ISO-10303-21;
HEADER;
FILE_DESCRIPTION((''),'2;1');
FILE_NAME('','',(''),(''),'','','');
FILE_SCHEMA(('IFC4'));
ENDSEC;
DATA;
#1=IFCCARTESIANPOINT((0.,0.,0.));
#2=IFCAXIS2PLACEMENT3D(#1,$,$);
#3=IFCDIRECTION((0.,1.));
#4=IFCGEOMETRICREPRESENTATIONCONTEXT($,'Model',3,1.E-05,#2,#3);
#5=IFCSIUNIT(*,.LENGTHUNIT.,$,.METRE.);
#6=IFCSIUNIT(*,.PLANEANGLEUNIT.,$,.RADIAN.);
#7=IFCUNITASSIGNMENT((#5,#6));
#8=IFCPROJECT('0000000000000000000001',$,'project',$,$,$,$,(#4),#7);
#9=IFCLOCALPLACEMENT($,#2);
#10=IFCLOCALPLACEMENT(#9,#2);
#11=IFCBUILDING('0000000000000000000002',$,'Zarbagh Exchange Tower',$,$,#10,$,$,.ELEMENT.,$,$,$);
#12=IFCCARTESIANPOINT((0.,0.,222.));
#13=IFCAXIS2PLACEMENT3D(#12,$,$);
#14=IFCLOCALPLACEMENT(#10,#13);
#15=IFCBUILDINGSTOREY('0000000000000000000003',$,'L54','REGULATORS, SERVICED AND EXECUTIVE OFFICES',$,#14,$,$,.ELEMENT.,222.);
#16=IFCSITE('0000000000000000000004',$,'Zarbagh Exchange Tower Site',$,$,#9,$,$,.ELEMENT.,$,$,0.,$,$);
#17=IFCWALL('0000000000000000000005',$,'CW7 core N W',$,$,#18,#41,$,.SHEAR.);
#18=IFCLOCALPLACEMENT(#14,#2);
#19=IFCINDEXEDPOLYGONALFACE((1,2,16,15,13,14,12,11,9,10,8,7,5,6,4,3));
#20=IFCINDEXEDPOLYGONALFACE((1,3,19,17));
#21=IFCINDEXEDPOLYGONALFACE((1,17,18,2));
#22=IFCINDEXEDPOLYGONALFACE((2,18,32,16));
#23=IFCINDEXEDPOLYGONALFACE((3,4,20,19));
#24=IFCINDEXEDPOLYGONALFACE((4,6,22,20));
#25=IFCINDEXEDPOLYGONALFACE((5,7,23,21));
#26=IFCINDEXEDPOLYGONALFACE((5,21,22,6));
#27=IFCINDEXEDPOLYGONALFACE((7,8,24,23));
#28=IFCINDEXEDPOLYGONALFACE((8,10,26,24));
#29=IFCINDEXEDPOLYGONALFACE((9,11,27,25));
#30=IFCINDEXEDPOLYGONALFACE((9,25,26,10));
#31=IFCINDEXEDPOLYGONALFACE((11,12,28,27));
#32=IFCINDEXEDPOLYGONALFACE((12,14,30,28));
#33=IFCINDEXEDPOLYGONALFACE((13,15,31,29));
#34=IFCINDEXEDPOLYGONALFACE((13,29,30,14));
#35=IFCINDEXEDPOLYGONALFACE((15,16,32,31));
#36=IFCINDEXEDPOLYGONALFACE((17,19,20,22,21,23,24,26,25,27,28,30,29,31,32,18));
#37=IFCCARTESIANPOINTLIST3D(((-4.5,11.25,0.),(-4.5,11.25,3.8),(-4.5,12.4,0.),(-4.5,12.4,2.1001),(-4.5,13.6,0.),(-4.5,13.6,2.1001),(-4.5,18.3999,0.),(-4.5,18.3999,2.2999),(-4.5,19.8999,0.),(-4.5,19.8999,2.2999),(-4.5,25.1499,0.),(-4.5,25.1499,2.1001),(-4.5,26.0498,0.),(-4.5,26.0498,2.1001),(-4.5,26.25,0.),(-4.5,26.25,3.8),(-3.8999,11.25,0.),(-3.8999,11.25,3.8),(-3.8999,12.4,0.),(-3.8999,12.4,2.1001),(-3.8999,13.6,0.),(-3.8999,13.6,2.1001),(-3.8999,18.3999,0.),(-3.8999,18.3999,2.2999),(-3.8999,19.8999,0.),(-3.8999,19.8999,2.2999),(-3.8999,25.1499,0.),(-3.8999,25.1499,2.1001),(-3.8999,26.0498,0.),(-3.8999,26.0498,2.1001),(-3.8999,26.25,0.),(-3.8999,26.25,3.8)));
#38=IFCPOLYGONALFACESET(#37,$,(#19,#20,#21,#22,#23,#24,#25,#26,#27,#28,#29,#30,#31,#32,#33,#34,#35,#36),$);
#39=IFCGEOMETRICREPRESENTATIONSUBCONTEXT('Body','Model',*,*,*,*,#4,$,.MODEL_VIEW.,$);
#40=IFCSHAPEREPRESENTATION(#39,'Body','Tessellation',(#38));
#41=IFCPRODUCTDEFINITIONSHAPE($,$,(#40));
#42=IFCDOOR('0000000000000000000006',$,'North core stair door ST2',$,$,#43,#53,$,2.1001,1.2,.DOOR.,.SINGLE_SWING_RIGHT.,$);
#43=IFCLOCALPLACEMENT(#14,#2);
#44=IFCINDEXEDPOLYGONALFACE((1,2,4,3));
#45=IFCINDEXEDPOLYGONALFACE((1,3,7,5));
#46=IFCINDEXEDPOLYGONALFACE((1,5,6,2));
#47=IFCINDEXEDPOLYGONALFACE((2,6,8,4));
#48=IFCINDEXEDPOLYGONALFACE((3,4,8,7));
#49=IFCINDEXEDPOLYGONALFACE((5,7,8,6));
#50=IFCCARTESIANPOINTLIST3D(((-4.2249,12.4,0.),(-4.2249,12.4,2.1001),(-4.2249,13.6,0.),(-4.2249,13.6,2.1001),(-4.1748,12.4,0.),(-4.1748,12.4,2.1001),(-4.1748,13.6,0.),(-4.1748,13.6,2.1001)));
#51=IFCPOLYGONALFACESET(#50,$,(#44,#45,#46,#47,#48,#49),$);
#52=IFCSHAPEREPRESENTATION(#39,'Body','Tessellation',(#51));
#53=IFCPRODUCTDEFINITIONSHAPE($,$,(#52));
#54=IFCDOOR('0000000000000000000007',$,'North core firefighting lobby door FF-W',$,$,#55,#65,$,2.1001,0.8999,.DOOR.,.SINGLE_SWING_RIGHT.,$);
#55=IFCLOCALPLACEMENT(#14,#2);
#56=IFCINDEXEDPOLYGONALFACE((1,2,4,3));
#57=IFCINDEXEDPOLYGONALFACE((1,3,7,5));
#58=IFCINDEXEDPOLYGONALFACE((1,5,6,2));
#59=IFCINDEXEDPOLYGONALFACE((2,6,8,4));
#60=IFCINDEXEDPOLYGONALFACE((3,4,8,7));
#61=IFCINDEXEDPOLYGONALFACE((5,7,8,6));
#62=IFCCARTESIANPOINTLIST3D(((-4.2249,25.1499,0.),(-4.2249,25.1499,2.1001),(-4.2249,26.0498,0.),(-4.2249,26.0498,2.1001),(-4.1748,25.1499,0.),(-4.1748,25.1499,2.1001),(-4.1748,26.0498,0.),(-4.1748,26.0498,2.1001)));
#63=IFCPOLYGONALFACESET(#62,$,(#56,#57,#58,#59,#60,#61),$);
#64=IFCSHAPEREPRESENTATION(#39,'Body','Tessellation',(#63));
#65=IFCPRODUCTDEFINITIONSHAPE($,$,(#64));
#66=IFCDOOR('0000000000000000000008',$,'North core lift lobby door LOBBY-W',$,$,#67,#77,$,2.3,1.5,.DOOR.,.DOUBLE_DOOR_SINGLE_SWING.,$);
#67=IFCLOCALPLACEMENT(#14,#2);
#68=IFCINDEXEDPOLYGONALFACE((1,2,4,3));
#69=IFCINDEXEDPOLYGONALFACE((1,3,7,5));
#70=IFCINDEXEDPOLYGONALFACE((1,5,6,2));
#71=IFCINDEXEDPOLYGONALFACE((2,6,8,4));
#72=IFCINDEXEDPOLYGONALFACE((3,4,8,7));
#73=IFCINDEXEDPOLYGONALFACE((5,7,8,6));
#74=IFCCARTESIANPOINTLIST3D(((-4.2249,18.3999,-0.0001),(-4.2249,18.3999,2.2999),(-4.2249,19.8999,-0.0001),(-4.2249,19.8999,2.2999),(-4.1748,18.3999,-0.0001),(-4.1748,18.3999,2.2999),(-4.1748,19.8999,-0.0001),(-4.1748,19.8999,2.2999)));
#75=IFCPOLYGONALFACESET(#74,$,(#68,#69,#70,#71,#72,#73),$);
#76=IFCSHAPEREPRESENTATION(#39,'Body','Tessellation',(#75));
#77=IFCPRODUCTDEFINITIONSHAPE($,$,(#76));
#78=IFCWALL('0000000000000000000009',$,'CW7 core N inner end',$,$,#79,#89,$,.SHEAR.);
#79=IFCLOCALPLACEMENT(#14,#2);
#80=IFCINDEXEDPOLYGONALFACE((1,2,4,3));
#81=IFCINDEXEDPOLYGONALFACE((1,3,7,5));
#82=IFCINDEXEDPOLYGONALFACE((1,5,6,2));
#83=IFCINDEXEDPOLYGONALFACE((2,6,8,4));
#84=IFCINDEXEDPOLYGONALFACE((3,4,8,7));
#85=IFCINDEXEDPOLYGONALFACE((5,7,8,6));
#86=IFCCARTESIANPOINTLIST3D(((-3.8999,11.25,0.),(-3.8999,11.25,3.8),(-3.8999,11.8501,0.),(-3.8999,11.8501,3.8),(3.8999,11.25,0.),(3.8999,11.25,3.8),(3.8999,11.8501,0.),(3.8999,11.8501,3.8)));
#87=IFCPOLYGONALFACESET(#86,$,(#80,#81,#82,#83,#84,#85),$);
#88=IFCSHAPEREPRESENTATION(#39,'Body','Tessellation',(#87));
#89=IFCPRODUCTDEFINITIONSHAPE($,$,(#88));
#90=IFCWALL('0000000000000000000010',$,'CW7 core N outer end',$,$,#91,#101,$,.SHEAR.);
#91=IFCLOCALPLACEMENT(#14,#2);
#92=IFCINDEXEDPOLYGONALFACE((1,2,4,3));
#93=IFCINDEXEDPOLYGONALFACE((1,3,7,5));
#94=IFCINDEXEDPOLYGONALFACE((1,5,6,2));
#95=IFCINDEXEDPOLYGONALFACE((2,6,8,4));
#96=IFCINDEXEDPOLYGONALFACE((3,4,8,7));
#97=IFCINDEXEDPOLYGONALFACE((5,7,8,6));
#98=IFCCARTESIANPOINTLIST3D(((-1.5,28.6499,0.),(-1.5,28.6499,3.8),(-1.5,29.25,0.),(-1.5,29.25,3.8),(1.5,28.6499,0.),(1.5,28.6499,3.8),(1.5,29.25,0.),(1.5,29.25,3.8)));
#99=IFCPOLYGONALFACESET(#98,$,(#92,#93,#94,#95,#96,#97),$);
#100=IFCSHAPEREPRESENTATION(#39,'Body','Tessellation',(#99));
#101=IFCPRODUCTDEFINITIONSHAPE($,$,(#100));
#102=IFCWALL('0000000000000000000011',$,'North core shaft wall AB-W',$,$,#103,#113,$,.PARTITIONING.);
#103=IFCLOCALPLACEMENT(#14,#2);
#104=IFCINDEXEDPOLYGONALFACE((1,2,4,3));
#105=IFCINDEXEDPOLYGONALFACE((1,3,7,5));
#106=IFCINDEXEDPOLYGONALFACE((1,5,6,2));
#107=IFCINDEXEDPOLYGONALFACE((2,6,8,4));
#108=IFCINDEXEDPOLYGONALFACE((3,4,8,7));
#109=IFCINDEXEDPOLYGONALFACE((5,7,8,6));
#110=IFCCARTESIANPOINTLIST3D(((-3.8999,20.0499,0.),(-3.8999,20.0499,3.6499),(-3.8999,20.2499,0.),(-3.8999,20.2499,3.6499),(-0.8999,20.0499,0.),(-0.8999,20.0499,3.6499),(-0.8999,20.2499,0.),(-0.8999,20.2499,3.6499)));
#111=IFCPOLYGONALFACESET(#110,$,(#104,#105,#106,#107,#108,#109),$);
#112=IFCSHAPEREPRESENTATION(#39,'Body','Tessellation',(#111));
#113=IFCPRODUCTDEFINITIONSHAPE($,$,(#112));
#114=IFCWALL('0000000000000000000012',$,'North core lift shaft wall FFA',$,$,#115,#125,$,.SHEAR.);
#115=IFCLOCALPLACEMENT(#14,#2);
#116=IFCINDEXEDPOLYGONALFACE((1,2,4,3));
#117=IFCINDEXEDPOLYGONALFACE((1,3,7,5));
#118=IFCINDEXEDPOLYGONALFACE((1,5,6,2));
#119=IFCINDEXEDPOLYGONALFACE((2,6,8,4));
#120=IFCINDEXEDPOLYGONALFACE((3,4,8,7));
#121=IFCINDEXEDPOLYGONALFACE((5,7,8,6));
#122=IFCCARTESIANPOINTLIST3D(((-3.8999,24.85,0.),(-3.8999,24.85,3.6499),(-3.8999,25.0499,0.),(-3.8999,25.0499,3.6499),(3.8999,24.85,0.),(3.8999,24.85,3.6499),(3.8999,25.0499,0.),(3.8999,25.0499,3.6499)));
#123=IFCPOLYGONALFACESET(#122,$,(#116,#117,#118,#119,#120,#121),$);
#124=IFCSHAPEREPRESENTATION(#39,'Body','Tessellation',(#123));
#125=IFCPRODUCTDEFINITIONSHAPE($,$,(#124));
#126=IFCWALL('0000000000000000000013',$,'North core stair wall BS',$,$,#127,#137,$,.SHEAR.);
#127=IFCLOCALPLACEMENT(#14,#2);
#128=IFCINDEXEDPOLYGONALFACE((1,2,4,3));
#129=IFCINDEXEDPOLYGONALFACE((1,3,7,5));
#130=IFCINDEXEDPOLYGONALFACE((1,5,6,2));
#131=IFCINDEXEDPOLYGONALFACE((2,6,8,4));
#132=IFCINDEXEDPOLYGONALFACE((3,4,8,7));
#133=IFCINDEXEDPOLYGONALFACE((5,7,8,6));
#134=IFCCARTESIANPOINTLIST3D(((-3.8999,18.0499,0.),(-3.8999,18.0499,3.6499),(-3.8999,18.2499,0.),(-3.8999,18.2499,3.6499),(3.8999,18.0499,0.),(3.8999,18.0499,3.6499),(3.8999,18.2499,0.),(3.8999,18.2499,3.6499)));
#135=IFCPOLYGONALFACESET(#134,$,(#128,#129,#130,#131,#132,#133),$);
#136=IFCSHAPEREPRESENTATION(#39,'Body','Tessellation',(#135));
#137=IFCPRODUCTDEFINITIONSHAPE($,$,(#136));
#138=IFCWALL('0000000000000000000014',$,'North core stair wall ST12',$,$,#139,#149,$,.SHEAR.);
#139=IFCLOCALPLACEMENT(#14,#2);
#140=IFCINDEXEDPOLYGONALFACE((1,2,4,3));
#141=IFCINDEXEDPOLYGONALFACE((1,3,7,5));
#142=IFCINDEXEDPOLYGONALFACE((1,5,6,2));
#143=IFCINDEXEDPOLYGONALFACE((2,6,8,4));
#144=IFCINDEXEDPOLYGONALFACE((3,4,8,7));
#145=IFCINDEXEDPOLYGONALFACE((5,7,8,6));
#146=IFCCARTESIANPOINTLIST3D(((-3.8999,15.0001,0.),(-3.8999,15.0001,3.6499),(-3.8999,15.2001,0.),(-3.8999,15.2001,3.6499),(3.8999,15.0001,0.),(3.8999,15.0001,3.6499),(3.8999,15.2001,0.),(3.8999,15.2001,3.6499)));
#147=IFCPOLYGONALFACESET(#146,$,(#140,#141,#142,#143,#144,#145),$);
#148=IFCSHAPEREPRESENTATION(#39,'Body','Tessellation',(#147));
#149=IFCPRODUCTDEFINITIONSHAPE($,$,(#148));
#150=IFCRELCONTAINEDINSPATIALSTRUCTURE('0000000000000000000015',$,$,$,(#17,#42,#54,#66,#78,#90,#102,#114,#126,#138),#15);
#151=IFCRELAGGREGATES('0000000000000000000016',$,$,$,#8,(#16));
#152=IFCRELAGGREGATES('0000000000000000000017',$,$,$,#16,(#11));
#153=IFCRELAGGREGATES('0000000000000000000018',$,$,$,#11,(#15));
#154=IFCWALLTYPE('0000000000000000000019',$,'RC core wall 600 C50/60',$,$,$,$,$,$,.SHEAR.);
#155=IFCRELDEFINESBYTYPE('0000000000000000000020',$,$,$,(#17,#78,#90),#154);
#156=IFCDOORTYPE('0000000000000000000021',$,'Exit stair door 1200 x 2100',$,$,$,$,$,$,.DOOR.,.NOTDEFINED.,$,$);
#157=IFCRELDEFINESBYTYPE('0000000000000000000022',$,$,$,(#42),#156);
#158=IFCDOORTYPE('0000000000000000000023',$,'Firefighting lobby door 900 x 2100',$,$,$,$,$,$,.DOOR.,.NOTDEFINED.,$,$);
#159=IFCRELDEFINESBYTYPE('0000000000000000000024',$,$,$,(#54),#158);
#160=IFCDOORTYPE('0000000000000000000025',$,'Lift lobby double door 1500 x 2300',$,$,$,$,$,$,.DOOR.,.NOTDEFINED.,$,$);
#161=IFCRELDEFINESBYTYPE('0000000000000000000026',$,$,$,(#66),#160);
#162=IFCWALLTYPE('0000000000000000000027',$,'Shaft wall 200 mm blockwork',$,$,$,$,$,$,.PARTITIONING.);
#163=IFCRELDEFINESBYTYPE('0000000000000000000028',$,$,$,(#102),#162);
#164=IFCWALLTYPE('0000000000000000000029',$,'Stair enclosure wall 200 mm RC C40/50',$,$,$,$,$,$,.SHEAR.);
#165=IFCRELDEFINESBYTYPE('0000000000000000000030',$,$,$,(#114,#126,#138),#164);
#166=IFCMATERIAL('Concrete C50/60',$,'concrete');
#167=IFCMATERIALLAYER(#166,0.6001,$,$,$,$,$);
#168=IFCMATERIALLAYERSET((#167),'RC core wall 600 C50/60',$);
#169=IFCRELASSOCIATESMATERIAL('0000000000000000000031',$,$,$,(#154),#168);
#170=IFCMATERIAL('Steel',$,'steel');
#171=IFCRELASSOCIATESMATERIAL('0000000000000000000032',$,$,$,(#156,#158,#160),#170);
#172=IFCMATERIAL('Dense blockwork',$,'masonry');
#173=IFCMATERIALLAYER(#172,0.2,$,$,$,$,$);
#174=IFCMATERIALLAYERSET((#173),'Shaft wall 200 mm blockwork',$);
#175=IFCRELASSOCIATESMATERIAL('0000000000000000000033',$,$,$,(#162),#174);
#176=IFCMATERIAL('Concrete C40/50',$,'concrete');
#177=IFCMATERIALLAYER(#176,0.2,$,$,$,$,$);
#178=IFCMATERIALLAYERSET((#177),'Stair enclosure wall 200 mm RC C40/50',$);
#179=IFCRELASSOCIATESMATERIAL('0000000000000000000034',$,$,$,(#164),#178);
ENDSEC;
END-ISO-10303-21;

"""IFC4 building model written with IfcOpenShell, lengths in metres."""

from ifc_helpers import new_model, si_unit, direction, frame, frame_2d, origin, place, context, subcontext, project, spatial, rectangle, extrude, material, layer, layer_set, type_object, element, fill, save


model = new_model("IFC4")

# Units and contexts
model_context = context("Model", 3, precision=1e-05, world=origin(), true_north=direction((0.0, 1.0)))
body_context = subcontext(model_context, "Body", "Model", "MODEL_VIEW")
ifc_project = project(units=[si_unit("LENGTHUNIT", "METRE"), si_unit("PLANEANGLEUNIT", "RADIAN")], contexts=[model_context])

# Site, building, storey
site_placement = place(None, origin())
site = spatial("IfcSite", under=ifc_project, at=site_placement, Name="Zarbagh Exchange Tower Site", CompositionType="ELEMENT", RefElevation=0.0)
building_placement = place(site_placement, origin())
building = spatial("IfcBuilding", under=site, at=building_placement, Name="Zarbagh Exchange Tower", CompositionType="ELEMENT")
storey_placement = place(building_placement, frame((0.0, 0.0, 222.0)))
storey = spatial("IfcBuildingStorey", under=building, at=storey_placement, Name="L54", Description="REGULATORS, SERVICED AND EXECUTIVE OFFICES", CompositionType="ELEMENT", Elevation=222.0)

# Shared definitions
ifc_material_1 = material(Name="Concrete C50/60", Category="concrete")

# Shared definitions
ifc_material_2 = material(Name="Dense blockwork", Category="masonry")

# Wall, openings, doors
ifc_layer_1 = layer(ifc_material_1, 0.6001)
ifc_layer_set_1 = layer_set([ifc_layer_1], Name="RC core wall 600 C50/60")
wall_type_1 = type_object("IfcWallType", Name="RC core wall 600 C50/60", PredefinedType="SHEAR", material=ifc_layer_set_1)
wall_1_placement = place(storey_placement, frame((-4.2, 11.25, 0.0), z_axis=(0.0, 0.0, 1.0), x_axis=(0.0, 1.0, 0.0)))
wall_1 = element("IfcWall", 1, at=wall_1_placement, inside=storey, type_object=wall_type_1, Name="CW7 core N W", PredefinedType="SHEAR", context=body_context, shape_type="SweptSolid", body=[
    extrude(rectangle(XDim=15.0, YDim=0.6001, at=frame_2d((7.5, 0.0))), origin(), (0.0, 0.0, 1.0), 3.8),
])
opening_1_placement = place(wall_1_placement, frame((7.1499, 0.0, 0.0)))
opening_1 = element("IfcOpeningElement", 2, at=opening_1_placement, cuts=wall_1, PredefinedType="OPENING", context=body_context, shape_type="SweptSolid", body=[
    extrude(rectangle(XDim=1.5, YDim=2.3, at=frame_2d((0.75, 1.1499))), frame((0.0, 0.3101, 0.0), z_axis=(0.0, -1.0, 0.0), x_axis=(1.0, 0.0, 0.0)), (0.0, 0.0, 1.0), 0.6201),
])
opening_2_placement = place(wall_1_placement, frame((13.8999, 0.0, 0.0)))
opening_2 = element("IfcOpeningElement", 3, at=opening_2_placement, cuts=wall_1, PredefinedType="OPENING", context=body_context, shape_type="SweptSolid", body=[
    extrude(rectangle(XDim=0.8999, YDim=2.1001, at=frame_2d((0.45, 1.05))), frame((0.0, 0.3101, 0.0), z_axis=(0.0, -1.0, 0.0), x_axis=(1.0, 0.0, 0.0)), (0.0, 0.0, 1.0), 0.6201),
])
opening_3_placement = place(wall_1_placement, frame((1.1499, 0.0, 0.0)))
opening_3 = element("IfcOpeningElement", 4, at=opening_3_placement, cuts=wall_1, PredefinedType="OPENING", context=body_context, shape_type="SweptSolid", body=[
    extrude(rectangle(XDim=1.2, YDim=2.1001, at=frame_2d((0.6001, 1.05))), frame((0.0, 0.3101, 0.0), z_axis=(0.0, -1.0, 0.0), x_axis=(1.0, 0.0, 0.0)), (0.0, 0.0, 1.0), 0.6201),
])
ifc_material_3 = material(Name="Steel", Category="steel")
door_type_1 = type_object("IfcDoorType", Name="Exit stair door 1200 x 2100", OperationType="NOTDEFINED", PredefinedType="DOOR", material=ifc_material_3)
door_1_placement = place(opening_3_placement, origin())
door_1 = element("IfcDoor", 5, at=door_1_placement, inside=storey, type_object=door_type_1, Name="North core stair door ST2", OperationType="SINGLE_SWING_RIGHT", OverallHeight=2.1001, OverallWidth=1.2, PredefinedType="DOOR", context=body_context, shape_type="SweptSolid", body=[
    extrude(rectangle(XDim=1.2, YDim=2.1001, at=frame_2d((0.6001, 1.05))), frame((0.0, 0.0249, 0.0), z_axis=(0.0, -1.0, 0.0), x_axis=(1.0, 0.0, 0.0)), (0.0, 0.0, 1.0), 0.05),
])
fill(opening_3, door_1)
door_type_2 = type_object("IfcDoorType", Name="Firefighting lobby door 900 x 2100", OperationType="NOTDEFINED", PredefinedType="DOOR", material=ifc_material_3)
door_2_placement = place(opening_2_placement, origin())
door_2 = element("IfcDoor", 6, at=door_2_placement, inside=storey, type_object=door_type_2, Name="North core firefighting lobby door FF-W", OperationType="SINGLE_SWING_RIGHT", OverallHeight=2.1001, OverallWidth=0.8999, PredefinedType="DOOR", context=body_context, shape_type="SweptSolid", body=[
    extrude(rectangle(XDim=0.8999, YDim=2.1001, at=frame_2d((0.45, 1.05))), frame((0.0, 0.0249, 0.0), z_axis=(0.0, -1.0, 0.0), x_axis=(1.0, 0.0, 0.0)), (0.0, 0.0, 1.0), 0.05),
])
fill(opening_2, door_2)
door_type_3 = type_object("IfcDoorType", Name="Lift lobby double door 1500 x 2300", OperationType="NOTDEFINED", PredefinedType="DOOR", material=ifc_material_3)
door_3_placement = place(opening_1_placement, origin())
door_3 = element("IfcDoor", 7, at=door_3_placement, inside=storey, type_object=door_type_3, Name="North core lift lobby door LOBBY-W", OperationType="DOUBLE_DOOR_SINGLE_SWING", OverallHeight=2.3, OverallWidth=1.5, PredefinedType="DOOR", context=body_context, shape_type="SweptSolid", body=[
    extrude(rectangle(XDim=1.5, YDim=2.3, at=frame_2d((0.75, 1.1499))), frame((0.0, 0.0249, 0.0), z_axis=(0.0, -1.0, 0.0), x_axis=(1.0, 0.0, 0.0)), (0.0, 0.0, 1.0), 0.05),
])
fill(opening_1, door_3)

# Walls
wall_2_placement = place(storey_placement, frame((-3.8999, 11.55, 0.0), z_axis=(0.0, 0.0, 1.0), x_axis=(1.0, 0.0, 0.0)))
element("IfcWall", 8, at=wall_2_placement, inside=storey, type_object=wall_type_1, Name="CW7 core N inner end", PredefinedType="SHEAR", context=body_context, shape_type="SweptSolid", body=[
    extrude(rectangle(XDim=7.7998, YDim=0.6001, at=frame_2d((3.8999, 0.0))), origin(), (0.0, 0.0, 1.0), 3.8),
])
wall_3_placement = place(storey_placement, frame((-1.5, 28.95, 0.0), z_axis=(0.0, 0.0, 1.0), x_axis=(1.0, 0.0, 0.0)))
element("IfcWall", 9, at=wall_3_placement, inside=storey, type_object=wall_type_1, Name="CW7 core N outer end", PredefinedType="SHEAR", context=body_context, shape_type="SweptSolid", body=[
    extrude(rectangle(XDim=3.0, YDim=0.6001, at=frame_2d((1.5, 0.0))), origin(), (0.0, 0.0, 1.0), 3.8),
])
ifc_layer_2 = layer(ifc_material_2, 0.2)
ifc_layer_set_2 = layer_set([ifc_layer_2], Name="Shaft wall 200 mm blockwork")
wall_type_2 = type_object("IfcWallType", Name="Shaft wall 200 mm blockwork", PredefinedType="PARTITIONING", material=ifc_layer_set_2)
wall_4_placement = place(storey_placement, frame((-3.8999, 20.1499, 0.0), z_axis=(0.0, 0.0, 1.0), x_axis=(1.0, 0.0, 0.0)))
element("IfcWall", 10, at=wall_4_placement, inside=storey, type_object=wall_type_2, Name="North core shaft wall AB-W", PredefinedType="PARTITIONING", context=body_context, shape_type="SweptSolid", body=[
    extrude(rectangle(XDim=3.0, YDim=0.2, at=frame_2d((1.5, 0.0))), origin(), (0.0, 0.0, 1.0), 3.6499),
])
ifc_material_4 = material(Name="Concrete C40/50", Category="concrete")
ifc_layer_3 = layer(ifc_material_4, 0.2)
ifc_layer_set_3 = layer_set([ifc_layer_3], Name="Stair enclosure wall 200 mm RC C40/50")
wall_type_3 = type_object("IfcWallType", Name="Stair enclosure wall 200 mm RC C40/50", PredefinedType="SHEAR", material=ifc_layer_set_3)
for number, where, z_axis, x_axis, name in (
    (11, (-3.8999, 24.95, 0.0), (0.0, 0.0, 1.0), (1.0, 0.0, 0.0), "North core lift shaft wall FFA"),
    (12, (-3.8999, 18.1499, 0.0), (0.0, 0.0, 1.0), (1.0, 0.0, 0.0), "North core stair wall BS"),
    (13, (-3.8999, 15.1001, 0.0), (0.0, 0.0, 1.0), (1.0, 0.0, 0.0), "North core stair wall ST12"),
):
    element("IfcWall", number, at=place(storey_placement, frame(where, z_axis=z_axis, x_axis=x_axis)), inside=storey, type_object=wall_type_3, Name=name, PredefinedType="SHEAR", context=body_context, shape_type="SweptSolid", body=[
        extrude(rectangle(XDim=7.7998, YDim=0.2, at=frame_2d((3.8999, 0.0))), origin(), (0.0, 0.0, 1.0), 3.6499),
    ])

save(model, "model.ifc")
